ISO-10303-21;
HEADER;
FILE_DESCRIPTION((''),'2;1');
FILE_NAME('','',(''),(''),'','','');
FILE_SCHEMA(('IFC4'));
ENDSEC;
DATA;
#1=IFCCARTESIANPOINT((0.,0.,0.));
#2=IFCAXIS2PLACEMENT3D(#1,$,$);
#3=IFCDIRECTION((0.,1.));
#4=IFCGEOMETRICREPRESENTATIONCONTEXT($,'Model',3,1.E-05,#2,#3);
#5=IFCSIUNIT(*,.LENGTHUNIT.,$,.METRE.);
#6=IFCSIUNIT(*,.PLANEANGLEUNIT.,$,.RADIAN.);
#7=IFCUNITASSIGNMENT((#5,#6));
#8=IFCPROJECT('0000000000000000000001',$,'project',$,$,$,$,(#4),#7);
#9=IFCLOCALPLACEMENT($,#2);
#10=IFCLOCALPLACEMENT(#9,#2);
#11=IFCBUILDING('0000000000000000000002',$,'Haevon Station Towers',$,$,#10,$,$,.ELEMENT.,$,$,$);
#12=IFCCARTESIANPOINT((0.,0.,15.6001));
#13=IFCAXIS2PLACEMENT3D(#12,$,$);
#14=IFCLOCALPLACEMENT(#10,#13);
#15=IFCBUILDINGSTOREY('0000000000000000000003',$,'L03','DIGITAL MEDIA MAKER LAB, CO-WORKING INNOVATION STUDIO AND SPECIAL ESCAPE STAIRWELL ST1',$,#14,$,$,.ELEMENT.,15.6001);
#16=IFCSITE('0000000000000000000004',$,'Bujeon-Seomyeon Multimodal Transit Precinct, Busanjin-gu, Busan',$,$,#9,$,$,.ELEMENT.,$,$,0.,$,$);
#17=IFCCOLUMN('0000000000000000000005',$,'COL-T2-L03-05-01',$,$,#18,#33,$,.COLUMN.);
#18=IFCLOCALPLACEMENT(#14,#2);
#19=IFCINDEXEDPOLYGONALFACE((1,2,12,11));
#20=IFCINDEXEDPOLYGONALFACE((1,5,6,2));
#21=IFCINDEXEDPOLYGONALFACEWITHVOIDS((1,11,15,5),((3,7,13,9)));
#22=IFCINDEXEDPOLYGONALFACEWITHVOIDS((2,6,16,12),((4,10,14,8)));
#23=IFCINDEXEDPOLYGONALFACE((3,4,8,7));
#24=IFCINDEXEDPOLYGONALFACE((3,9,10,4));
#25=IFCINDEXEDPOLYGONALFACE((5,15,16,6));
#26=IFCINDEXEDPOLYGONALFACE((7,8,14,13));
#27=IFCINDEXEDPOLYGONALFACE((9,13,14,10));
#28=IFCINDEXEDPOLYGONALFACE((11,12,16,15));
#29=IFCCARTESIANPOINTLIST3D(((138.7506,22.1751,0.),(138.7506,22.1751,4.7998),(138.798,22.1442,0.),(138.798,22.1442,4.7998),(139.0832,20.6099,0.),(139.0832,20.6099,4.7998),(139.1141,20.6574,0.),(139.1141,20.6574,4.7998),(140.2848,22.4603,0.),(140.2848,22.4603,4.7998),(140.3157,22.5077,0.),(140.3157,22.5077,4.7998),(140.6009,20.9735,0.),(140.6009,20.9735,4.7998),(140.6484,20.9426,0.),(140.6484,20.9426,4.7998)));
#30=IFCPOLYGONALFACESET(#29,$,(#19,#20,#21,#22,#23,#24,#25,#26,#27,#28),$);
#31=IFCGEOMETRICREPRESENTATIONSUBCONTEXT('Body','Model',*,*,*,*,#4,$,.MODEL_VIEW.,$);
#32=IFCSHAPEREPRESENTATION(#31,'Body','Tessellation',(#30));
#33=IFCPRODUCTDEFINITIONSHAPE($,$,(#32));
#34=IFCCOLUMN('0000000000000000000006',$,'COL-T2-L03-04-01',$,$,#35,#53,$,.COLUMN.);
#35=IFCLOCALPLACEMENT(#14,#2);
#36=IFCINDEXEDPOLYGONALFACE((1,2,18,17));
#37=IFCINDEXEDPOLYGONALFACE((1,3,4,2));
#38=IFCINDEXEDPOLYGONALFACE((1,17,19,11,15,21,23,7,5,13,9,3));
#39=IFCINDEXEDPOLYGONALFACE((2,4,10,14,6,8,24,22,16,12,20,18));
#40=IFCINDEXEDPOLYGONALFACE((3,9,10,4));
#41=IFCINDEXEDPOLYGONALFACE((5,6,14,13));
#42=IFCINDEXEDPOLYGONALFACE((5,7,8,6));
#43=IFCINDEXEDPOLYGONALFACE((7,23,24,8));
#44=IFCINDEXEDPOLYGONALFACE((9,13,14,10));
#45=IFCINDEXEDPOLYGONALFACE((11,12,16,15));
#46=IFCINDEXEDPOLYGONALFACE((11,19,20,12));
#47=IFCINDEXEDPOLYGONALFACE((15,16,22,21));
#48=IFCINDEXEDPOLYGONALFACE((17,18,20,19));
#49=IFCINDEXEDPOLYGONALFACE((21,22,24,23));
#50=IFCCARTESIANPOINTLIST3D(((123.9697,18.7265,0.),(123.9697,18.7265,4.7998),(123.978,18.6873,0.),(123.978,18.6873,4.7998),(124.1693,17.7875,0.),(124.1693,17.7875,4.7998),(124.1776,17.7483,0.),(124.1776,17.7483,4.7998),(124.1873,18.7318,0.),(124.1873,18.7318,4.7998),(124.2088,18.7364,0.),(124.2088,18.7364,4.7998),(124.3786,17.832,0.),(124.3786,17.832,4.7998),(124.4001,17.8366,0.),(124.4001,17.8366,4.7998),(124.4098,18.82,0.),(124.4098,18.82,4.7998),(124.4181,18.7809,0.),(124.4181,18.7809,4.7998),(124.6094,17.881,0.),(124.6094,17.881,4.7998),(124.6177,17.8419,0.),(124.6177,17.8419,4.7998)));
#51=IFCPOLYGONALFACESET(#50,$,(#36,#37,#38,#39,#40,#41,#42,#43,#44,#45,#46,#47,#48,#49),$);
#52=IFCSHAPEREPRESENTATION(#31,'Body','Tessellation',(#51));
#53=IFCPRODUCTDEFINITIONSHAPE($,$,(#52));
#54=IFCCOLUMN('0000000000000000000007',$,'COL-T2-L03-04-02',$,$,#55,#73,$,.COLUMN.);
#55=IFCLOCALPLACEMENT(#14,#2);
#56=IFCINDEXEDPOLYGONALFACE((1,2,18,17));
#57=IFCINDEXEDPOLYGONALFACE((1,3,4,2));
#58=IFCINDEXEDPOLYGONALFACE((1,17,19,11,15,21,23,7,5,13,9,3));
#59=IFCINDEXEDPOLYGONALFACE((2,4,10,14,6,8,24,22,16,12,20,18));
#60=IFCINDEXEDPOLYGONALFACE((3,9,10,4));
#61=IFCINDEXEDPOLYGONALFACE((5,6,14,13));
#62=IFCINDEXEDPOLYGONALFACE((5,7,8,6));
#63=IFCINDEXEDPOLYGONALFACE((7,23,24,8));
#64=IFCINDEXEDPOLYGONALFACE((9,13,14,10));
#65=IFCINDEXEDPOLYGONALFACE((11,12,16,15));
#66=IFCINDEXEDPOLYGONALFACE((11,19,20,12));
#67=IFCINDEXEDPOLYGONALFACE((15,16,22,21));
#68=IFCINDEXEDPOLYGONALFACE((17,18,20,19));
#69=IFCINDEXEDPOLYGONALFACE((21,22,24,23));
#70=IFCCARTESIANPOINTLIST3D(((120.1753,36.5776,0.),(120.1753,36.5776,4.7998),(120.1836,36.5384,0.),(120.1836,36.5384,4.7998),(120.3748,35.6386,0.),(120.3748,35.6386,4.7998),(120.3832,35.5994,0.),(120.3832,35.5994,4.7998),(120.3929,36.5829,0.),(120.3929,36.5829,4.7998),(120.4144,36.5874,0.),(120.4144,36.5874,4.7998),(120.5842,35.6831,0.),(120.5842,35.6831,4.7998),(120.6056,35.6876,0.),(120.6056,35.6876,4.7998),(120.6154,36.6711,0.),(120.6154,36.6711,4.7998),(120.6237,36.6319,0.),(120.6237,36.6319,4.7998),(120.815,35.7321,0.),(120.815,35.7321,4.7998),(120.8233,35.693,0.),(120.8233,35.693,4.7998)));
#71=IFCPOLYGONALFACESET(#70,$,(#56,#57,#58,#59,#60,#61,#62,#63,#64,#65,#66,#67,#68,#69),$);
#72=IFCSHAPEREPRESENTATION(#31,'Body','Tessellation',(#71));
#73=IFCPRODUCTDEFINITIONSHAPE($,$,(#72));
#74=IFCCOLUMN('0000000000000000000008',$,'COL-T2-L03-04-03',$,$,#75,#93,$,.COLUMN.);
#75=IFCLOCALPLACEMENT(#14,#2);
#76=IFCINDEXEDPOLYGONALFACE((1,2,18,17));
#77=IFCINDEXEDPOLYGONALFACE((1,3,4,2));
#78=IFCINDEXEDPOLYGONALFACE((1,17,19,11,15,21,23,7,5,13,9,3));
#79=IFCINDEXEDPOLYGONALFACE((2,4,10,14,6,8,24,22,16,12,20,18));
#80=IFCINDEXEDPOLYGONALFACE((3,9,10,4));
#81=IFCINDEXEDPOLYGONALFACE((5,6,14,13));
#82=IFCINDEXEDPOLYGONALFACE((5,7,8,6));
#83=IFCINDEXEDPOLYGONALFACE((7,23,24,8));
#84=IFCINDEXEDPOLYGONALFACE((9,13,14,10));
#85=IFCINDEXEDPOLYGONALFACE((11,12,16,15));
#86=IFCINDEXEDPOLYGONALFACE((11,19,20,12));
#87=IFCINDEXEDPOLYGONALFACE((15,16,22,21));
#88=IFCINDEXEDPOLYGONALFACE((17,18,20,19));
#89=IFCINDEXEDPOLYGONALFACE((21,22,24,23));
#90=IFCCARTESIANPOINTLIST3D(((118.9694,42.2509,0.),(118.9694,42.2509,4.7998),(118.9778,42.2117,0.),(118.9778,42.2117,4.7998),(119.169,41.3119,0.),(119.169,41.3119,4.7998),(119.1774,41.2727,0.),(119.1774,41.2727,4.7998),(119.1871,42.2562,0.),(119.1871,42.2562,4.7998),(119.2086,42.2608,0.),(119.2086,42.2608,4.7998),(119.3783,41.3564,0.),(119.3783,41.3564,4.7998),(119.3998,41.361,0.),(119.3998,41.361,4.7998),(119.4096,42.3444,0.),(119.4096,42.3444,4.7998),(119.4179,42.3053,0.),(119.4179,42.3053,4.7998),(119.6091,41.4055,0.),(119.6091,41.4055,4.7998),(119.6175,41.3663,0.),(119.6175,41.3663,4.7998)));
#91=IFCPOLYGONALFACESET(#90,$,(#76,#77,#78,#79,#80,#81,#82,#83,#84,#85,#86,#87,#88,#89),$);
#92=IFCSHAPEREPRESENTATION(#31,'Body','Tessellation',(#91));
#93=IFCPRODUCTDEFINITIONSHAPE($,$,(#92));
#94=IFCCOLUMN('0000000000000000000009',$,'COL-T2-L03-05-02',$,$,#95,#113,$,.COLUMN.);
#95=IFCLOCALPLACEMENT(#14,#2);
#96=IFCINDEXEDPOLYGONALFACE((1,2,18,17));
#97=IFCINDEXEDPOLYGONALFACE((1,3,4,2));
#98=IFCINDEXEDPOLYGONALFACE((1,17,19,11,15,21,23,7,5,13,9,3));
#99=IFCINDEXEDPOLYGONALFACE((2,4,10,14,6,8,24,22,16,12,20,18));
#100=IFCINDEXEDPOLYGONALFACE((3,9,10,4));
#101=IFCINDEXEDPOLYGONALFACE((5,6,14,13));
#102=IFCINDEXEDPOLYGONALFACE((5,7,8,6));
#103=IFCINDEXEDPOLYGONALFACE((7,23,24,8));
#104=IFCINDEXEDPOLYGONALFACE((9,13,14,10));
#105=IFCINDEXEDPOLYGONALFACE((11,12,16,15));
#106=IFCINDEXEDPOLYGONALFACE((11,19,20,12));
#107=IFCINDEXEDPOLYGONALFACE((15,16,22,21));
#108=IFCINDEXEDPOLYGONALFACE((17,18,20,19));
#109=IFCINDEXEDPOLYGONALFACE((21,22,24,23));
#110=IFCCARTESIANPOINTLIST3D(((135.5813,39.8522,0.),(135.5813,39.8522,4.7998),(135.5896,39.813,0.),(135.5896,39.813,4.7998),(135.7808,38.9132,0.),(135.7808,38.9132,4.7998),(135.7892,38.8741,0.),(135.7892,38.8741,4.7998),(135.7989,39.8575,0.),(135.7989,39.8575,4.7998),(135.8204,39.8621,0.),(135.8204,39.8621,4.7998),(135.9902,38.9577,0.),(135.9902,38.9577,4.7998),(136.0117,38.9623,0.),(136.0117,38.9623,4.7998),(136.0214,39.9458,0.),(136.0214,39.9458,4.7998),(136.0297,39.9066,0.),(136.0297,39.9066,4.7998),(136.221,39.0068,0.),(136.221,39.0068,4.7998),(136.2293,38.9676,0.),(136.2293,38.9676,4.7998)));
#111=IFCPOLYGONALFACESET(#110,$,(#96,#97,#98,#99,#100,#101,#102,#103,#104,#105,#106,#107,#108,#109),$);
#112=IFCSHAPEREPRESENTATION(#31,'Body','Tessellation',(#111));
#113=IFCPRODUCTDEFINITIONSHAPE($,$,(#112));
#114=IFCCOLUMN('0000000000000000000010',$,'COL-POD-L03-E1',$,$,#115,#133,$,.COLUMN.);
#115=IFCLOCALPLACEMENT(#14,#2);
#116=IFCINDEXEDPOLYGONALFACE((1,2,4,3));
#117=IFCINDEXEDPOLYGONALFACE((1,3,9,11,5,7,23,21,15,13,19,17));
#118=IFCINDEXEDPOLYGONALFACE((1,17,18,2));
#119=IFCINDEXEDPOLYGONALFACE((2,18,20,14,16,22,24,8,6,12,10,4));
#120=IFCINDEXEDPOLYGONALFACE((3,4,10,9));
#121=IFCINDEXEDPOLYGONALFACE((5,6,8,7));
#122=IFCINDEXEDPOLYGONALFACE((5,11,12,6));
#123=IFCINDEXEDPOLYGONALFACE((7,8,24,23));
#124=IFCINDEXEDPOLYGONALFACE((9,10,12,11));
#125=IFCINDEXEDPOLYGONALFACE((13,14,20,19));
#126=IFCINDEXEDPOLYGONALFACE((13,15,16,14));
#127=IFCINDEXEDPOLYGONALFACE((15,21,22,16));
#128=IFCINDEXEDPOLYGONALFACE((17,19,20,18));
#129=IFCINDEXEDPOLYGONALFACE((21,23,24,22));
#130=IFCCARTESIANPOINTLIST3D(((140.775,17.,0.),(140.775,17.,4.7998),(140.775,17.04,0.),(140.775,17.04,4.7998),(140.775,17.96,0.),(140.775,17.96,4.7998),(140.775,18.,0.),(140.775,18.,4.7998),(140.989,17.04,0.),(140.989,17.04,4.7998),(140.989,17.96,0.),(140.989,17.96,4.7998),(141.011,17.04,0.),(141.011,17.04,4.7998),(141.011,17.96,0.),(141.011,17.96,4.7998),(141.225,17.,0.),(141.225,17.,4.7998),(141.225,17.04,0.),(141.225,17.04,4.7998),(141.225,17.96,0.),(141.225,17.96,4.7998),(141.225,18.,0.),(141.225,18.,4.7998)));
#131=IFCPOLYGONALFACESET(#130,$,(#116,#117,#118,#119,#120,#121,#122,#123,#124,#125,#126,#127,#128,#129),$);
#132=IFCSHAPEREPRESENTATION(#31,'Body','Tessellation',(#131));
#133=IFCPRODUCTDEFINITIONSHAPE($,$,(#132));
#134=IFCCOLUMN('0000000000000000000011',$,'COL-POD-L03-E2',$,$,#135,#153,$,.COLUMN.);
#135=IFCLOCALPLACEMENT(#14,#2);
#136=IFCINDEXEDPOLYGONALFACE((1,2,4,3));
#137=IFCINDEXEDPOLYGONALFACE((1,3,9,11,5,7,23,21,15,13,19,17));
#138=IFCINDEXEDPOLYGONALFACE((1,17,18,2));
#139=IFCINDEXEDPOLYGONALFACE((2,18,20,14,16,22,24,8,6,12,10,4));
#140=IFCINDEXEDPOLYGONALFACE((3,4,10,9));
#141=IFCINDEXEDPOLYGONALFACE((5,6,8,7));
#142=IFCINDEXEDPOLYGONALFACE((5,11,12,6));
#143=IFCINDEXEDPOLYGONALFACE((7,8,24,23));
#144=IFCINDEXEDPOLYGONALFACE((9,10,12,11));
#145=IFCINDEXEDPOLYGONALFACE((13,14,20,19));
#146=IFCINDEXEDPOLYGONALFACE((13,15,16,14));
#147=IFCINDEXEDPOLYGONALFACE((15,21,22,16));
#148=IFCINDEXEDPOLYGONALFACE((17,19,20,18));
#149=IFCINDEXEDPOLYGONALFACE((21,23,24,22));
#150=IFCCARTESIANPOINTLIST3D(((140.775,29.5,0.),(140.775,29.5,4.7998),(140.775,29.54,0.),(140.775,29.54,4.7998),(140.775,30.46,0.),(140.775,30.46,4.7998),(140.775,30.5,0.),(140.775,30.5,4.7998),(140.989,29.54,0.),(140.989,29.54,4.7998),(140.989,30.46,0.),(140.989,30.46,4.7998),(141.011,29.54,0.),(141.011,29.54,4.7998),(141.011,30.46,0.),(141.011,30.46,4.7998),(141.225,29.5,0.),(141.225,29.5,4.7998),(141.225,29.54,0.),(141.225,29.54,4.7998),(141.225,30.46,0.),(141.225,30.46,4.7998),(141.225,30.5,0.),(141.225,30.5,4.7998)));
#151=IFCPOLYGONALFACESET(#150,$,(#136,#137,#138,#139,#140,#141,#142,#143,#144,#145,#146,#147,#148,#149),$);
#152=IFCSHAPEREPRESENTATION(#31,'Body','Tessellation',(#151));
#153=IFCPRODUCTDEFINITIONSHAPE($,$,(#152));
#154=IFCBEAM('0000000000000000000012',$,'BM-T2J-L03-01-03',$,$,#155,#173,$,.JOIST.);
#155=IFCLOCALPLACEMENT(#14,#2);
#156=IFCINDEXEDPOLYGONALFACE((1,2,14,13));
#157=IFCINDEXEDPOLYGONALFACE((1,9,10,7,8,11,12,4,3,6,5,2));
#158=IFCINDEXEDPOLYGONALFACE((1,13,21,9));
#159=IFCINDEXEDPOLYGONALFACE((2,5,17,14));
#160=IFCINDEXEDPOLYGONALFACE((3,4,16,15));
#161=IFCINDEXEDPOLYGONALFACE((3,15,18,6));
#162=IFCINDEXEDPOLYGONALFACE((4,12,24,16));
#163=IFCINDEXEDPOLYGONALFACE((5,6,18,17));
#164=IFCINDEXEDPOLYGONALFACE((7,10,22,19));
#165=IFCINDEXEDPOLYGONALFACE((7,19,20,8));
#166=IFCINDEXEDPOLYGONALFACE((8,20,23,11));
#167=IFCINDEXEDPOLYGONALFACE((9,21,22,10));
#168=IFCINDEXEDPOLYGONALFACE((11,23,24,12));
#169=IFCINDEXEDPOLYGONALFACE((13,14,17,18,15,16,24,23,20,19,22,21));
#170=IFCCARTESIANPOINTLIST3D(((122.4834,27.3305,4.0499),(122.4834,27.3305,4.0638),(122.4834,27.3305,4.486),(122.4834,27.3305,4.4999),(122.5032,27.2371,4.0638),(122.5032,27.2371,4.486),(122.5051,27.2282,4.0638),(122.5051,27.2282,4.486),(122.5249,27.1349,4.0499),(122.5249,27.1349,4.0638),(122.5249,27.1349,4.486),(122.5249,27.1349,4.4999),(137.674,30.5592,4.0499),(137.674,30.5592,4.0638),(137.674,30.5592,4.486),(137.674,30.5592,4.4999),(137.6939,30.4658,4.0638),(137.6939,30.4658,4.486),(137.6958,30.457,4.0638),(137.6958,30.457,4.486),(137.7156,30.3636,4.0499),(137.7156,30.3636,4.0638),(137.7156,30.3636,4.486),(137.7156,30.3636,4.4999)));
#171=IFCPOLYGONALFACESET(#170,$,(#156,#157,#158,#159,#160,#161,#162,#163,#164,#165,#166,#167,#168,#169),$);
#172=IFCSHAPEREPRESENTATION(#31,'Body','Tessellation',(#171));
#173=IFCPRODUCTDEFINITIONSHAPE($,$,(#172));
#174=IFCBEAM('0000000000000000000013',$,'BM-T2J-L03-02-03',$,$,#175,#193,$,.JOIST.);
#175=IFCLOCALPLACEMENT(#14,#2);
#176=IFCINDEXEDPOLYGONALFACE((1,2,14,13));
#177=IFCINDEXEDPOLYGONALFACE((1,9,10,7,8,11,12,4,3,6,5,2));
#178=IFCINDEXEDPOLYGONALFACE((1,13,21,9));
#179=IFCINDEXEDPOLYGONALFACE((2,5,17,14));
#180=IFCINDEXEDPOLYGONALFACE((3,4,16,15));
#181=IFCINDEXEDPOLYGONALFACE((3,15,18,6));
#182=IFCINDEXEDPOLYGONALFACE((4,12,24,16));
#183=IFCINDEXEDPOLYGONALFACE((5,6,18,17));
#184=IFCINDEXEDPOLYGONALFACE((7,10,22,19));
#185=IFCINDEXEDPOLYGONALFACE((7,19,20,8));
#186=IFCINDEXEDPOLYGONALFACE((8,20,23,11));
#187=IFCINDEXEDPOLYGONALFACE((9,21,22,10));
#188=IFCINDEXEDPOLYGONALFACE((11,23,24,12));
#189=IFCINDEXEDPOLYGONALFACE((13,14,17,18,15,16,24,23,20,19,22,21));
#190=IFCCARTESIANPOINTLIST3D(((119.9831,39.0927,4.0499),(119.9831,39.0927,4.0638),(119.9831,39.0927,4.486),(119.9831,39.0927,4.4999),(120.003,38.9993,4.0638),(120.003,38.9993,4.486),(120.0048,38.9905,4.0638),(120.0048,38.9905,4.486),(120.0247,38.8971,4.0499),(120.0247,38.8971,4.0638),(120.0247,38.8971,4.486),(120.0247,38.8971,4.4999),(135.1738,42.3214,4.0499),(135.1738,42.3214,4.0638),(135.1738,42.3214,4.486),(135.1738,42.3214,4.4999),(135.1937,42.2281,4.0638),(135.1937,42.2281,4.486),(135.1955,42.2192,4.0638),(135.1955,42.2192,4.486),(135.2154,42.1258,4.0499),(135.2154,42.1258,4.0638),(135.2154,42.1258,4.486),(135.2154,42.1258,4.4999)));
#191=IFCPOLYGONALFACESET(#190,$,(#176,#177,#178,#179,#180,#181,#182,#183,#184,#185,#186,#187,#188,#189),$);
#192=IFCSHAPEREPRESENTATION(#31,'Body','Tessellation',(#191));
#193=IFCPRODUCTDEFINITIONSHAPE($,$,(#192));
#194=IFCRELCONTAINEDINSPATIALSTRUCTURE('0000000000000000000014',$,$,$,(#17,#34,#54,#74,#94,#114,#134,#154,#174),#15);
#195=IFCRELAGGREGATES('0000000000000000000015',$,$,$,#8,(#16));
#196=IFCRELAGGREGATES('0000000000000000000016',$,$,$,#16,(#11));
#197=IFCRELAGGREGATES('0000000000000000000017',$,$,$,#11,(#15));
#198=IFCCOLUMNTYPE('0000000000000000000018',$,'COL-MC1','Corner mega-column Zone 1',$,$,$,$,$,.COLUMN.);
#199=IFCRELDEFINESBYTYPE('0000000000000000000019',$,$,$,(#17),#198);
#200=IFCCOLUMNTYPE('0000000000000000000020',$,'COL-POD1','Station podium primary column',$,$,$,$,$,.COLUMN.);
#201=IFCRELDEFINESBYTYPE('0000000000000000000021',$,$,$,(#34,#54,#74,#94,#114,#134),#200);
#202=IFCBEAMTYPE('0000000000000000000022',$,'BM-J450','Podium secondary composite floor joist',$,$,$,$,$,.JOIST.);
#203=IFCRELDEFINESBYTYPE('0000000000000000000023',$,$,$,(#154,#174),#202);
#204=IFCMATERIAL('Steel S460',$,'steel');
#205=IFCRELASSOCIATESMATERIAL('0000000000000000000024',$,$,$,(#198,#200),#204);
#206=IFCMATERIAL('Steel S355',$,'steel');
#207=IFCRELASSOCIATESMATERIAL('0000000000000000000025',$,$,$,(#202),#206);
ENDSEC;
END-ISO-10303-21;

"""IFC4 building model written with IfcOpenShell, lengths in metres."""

from ifc_helpers import new_model, si_unit, direction, frame, origin, origin_2d, place, context, subcontext, project, spatial, hollow_rectangle, i_section, extrude, material, material_profile, profile_set, type_object, element, save


model = new_model("IFC4")

# Units and contexts
model_context = context("Model", 3, precision=1e-05, world=origin(), true_north=direction((0.0, 1.0)))
body_context = subcontext(model_context, "Body", "Model", "MODEL_VIEW")
ifc_project = project(units=[si_unit("LENGTHUNIT", "METRE"), si_unit("PLANEANGLEUNIT", "RADIAN")], contexts=[model_context])

# Site, building, storey
site_placement = place(None, origin())
site = spatial("IfcSite", under=ifc_project, at=site_placement, Name="Bujeon-Seomyeon Multimodal Transit Precinct, Busanjin-gu, Busan", CompositionType="ELEMENT", RefElevation=0.0)
building_placement = place(site_placement, origin())
building = spatial("IfcBuilding", under=site, at=building_placement, Name="Haevon Station Towers", CompositionType="ELEMENT")
storey_placement = place(building_placement, frame((0.0, 0.0, 15.6001)))
storey = spatial("IfcBuildingStorey", under=building, at=storey_placement, Name="L03", Description="DIGITAL MEDIA MAKER LAB, CO-WORKING INNOVATION STUDIO AND SPECIAL ESCAPE STAIRWELL ST1", CompositionType="ELEMENT", Elevation=15.6001)

# Columns
ifc_material_1 = material(Name="Steel S460", Category="steel")
ifc_material_profile_1 = material_profile(ifc_material_1, hollow_rectangle(XDim=1.6001, YDim=1.6001, WallThickness=0.04, at=origin_2d()), Name="BOX-1600x1600x40")
ifc_profile_set_1 = profile_set([ifc_material_profile_1], Name="Steel S460")
column_type_1 = type_object("IfcColumnType", Name="COL-MC1", Description="Corner mega-column Zone 1", PredefinedType="COLUMN", material=ifc_profile_set_1)
column_placement = place(storey_placement, frame((139.6995, 21.5588, 0.0), z_axis=(0.0, 0.0, 1.0), x_axis=(0.978148, 0.207912, 0.0)))
element("IfcColumn", 1, at=column_placement, inside=storey, type_object=column_type_1, Name="COL-T2-L03-05-01", PredefinedType="COLUMN", context=body_context, shape_type="SweptSolid", body=[
    extrude(hollow_rectangle(XDim=1.6001, YDim=1.6001, WallThickness=0.04, at=origin_2d()), origin(), (0.0, 0.0, 1.0), 4.7998),
])
ifc_material_profile_2 = material_profile(ifc_material_1, i_section(OverallWidth=0.45, OverallDepth=1.0, WebThickness=0.022, FlangeThickness=0.04, at=origin_2d()), Name="H-1000x450x22x40")
ifc_profile_set_2 = profile_set([ifc_material_profile_2], Name="Steel S460")
column_type_2 = type_object("IfcColumnType", Name="COL-POD1", Description="Station podium primary column", PredefinedType="COLUMN", material=ifc_profile_set_2)
for number, where, z_axis, x_axis, name in (
    (2, (124.2937, 18.2842, 0.0), (0.0, 0.0, 1.0), (0.978148, 0.207912, 0.0), "COL-T2-L03-04-01"),
    (3, (120.4993, 36.1353, 0.0), (0.0, 0.0, 1.0), (0.978148, 0.207912, 0.0), "COL-T2-L03-04-02"),
    (4, (119.2935, 41.8086, 0.0), (0.0, 0.0, 1.0), (0.978148, 0.207912, 0.0), "COL-T2-L03-04-03"),
    (5, (135.9053, 39.4099, 0.0), (0.0, 0.0, 1.0), (0.978148, 0.207912, 0.0), "COL-T2-L03-05-02"),
    (6, (141.0, 17.5, 0.0), (0.0, 0.0, 1.0), (1.0, 0.0, 0.0), "COL-POD-L03-E1"),
    (7, (141.0, 30.0, 0.0), (0.0, 0.0, 1.0), (1.0, 0.0, 0.0), "COL-POD-L03-E2"),
):
    element("IfcColumn", number, at=place(storey_placement, frame(where, z_axis=z_axis, x_axis=x_axis)), inside=storey, type_object=column_type_2, Name=name, PredefinedType="COLUMN", context=body_context, shape_type="SweptSolid", body=[
        extrude(i_section(OverallWidth=0.45, OverallDepth=1.0, WebThickness=0.022, FlangeThickness=0.04, at=origin_2d()), origin(), (0.0, 0.0, 1.0), 4.7998),
    ])

# Beams
ifc_material_2 = material(Name="Steel S355", Category="steel")
ifc_material_profile_3 = material_profile(ifc_material_2, i_section(OverallWidth=0.2, OverallDepth=0.45, WebThickness=0.009, FlangeThickness=0.0139, at=origin_2d()), Name="H-450x200x9x14")
ifc_profile_set_3 = profile_set([ifc_material_profile_3], Name="Steel S355")
beam_type_1 = type_object("IfcBeamType", Name="BM-J450", Description="Podium secondary composite floor joist", PredefinedType="JOIST", material=ifc_profile_set_3)
for number, where, z_axis, x_axis, name in (
    (8, (122.5042, 27.2327, 4.2749), (0.978149, 0.207904, 0.0), (-0.207904, 0.978149, 0.0), "BM-T2J-L03-01-03"),
    (9, (120.0039, 38.9949, 4.2749), (0.978149, 0.207904, 0.0), (-0.207904, 0.978149, 0.0), "BM-T2J-L03-02-03"),
):
    element("IfcBeam", number, at=place(storey_placement, frame(where, z_axis=z_axis, x_axis=x_axis)), inside=storey, type_object=beam_type_1, Name=name, PredefinedType="JOIST", context=body_context, shape_type="SweptSolid", body=[
        extrude(i_section(OverallWidth=0.2, OverallDepth=0.45, WebThickness=0.009, FlangeThickness=0.0139, at=origin_2d()), origin(), (0.0, 0.0, 1.0), 15.53),
    ])

save(model, "model.ifc")
